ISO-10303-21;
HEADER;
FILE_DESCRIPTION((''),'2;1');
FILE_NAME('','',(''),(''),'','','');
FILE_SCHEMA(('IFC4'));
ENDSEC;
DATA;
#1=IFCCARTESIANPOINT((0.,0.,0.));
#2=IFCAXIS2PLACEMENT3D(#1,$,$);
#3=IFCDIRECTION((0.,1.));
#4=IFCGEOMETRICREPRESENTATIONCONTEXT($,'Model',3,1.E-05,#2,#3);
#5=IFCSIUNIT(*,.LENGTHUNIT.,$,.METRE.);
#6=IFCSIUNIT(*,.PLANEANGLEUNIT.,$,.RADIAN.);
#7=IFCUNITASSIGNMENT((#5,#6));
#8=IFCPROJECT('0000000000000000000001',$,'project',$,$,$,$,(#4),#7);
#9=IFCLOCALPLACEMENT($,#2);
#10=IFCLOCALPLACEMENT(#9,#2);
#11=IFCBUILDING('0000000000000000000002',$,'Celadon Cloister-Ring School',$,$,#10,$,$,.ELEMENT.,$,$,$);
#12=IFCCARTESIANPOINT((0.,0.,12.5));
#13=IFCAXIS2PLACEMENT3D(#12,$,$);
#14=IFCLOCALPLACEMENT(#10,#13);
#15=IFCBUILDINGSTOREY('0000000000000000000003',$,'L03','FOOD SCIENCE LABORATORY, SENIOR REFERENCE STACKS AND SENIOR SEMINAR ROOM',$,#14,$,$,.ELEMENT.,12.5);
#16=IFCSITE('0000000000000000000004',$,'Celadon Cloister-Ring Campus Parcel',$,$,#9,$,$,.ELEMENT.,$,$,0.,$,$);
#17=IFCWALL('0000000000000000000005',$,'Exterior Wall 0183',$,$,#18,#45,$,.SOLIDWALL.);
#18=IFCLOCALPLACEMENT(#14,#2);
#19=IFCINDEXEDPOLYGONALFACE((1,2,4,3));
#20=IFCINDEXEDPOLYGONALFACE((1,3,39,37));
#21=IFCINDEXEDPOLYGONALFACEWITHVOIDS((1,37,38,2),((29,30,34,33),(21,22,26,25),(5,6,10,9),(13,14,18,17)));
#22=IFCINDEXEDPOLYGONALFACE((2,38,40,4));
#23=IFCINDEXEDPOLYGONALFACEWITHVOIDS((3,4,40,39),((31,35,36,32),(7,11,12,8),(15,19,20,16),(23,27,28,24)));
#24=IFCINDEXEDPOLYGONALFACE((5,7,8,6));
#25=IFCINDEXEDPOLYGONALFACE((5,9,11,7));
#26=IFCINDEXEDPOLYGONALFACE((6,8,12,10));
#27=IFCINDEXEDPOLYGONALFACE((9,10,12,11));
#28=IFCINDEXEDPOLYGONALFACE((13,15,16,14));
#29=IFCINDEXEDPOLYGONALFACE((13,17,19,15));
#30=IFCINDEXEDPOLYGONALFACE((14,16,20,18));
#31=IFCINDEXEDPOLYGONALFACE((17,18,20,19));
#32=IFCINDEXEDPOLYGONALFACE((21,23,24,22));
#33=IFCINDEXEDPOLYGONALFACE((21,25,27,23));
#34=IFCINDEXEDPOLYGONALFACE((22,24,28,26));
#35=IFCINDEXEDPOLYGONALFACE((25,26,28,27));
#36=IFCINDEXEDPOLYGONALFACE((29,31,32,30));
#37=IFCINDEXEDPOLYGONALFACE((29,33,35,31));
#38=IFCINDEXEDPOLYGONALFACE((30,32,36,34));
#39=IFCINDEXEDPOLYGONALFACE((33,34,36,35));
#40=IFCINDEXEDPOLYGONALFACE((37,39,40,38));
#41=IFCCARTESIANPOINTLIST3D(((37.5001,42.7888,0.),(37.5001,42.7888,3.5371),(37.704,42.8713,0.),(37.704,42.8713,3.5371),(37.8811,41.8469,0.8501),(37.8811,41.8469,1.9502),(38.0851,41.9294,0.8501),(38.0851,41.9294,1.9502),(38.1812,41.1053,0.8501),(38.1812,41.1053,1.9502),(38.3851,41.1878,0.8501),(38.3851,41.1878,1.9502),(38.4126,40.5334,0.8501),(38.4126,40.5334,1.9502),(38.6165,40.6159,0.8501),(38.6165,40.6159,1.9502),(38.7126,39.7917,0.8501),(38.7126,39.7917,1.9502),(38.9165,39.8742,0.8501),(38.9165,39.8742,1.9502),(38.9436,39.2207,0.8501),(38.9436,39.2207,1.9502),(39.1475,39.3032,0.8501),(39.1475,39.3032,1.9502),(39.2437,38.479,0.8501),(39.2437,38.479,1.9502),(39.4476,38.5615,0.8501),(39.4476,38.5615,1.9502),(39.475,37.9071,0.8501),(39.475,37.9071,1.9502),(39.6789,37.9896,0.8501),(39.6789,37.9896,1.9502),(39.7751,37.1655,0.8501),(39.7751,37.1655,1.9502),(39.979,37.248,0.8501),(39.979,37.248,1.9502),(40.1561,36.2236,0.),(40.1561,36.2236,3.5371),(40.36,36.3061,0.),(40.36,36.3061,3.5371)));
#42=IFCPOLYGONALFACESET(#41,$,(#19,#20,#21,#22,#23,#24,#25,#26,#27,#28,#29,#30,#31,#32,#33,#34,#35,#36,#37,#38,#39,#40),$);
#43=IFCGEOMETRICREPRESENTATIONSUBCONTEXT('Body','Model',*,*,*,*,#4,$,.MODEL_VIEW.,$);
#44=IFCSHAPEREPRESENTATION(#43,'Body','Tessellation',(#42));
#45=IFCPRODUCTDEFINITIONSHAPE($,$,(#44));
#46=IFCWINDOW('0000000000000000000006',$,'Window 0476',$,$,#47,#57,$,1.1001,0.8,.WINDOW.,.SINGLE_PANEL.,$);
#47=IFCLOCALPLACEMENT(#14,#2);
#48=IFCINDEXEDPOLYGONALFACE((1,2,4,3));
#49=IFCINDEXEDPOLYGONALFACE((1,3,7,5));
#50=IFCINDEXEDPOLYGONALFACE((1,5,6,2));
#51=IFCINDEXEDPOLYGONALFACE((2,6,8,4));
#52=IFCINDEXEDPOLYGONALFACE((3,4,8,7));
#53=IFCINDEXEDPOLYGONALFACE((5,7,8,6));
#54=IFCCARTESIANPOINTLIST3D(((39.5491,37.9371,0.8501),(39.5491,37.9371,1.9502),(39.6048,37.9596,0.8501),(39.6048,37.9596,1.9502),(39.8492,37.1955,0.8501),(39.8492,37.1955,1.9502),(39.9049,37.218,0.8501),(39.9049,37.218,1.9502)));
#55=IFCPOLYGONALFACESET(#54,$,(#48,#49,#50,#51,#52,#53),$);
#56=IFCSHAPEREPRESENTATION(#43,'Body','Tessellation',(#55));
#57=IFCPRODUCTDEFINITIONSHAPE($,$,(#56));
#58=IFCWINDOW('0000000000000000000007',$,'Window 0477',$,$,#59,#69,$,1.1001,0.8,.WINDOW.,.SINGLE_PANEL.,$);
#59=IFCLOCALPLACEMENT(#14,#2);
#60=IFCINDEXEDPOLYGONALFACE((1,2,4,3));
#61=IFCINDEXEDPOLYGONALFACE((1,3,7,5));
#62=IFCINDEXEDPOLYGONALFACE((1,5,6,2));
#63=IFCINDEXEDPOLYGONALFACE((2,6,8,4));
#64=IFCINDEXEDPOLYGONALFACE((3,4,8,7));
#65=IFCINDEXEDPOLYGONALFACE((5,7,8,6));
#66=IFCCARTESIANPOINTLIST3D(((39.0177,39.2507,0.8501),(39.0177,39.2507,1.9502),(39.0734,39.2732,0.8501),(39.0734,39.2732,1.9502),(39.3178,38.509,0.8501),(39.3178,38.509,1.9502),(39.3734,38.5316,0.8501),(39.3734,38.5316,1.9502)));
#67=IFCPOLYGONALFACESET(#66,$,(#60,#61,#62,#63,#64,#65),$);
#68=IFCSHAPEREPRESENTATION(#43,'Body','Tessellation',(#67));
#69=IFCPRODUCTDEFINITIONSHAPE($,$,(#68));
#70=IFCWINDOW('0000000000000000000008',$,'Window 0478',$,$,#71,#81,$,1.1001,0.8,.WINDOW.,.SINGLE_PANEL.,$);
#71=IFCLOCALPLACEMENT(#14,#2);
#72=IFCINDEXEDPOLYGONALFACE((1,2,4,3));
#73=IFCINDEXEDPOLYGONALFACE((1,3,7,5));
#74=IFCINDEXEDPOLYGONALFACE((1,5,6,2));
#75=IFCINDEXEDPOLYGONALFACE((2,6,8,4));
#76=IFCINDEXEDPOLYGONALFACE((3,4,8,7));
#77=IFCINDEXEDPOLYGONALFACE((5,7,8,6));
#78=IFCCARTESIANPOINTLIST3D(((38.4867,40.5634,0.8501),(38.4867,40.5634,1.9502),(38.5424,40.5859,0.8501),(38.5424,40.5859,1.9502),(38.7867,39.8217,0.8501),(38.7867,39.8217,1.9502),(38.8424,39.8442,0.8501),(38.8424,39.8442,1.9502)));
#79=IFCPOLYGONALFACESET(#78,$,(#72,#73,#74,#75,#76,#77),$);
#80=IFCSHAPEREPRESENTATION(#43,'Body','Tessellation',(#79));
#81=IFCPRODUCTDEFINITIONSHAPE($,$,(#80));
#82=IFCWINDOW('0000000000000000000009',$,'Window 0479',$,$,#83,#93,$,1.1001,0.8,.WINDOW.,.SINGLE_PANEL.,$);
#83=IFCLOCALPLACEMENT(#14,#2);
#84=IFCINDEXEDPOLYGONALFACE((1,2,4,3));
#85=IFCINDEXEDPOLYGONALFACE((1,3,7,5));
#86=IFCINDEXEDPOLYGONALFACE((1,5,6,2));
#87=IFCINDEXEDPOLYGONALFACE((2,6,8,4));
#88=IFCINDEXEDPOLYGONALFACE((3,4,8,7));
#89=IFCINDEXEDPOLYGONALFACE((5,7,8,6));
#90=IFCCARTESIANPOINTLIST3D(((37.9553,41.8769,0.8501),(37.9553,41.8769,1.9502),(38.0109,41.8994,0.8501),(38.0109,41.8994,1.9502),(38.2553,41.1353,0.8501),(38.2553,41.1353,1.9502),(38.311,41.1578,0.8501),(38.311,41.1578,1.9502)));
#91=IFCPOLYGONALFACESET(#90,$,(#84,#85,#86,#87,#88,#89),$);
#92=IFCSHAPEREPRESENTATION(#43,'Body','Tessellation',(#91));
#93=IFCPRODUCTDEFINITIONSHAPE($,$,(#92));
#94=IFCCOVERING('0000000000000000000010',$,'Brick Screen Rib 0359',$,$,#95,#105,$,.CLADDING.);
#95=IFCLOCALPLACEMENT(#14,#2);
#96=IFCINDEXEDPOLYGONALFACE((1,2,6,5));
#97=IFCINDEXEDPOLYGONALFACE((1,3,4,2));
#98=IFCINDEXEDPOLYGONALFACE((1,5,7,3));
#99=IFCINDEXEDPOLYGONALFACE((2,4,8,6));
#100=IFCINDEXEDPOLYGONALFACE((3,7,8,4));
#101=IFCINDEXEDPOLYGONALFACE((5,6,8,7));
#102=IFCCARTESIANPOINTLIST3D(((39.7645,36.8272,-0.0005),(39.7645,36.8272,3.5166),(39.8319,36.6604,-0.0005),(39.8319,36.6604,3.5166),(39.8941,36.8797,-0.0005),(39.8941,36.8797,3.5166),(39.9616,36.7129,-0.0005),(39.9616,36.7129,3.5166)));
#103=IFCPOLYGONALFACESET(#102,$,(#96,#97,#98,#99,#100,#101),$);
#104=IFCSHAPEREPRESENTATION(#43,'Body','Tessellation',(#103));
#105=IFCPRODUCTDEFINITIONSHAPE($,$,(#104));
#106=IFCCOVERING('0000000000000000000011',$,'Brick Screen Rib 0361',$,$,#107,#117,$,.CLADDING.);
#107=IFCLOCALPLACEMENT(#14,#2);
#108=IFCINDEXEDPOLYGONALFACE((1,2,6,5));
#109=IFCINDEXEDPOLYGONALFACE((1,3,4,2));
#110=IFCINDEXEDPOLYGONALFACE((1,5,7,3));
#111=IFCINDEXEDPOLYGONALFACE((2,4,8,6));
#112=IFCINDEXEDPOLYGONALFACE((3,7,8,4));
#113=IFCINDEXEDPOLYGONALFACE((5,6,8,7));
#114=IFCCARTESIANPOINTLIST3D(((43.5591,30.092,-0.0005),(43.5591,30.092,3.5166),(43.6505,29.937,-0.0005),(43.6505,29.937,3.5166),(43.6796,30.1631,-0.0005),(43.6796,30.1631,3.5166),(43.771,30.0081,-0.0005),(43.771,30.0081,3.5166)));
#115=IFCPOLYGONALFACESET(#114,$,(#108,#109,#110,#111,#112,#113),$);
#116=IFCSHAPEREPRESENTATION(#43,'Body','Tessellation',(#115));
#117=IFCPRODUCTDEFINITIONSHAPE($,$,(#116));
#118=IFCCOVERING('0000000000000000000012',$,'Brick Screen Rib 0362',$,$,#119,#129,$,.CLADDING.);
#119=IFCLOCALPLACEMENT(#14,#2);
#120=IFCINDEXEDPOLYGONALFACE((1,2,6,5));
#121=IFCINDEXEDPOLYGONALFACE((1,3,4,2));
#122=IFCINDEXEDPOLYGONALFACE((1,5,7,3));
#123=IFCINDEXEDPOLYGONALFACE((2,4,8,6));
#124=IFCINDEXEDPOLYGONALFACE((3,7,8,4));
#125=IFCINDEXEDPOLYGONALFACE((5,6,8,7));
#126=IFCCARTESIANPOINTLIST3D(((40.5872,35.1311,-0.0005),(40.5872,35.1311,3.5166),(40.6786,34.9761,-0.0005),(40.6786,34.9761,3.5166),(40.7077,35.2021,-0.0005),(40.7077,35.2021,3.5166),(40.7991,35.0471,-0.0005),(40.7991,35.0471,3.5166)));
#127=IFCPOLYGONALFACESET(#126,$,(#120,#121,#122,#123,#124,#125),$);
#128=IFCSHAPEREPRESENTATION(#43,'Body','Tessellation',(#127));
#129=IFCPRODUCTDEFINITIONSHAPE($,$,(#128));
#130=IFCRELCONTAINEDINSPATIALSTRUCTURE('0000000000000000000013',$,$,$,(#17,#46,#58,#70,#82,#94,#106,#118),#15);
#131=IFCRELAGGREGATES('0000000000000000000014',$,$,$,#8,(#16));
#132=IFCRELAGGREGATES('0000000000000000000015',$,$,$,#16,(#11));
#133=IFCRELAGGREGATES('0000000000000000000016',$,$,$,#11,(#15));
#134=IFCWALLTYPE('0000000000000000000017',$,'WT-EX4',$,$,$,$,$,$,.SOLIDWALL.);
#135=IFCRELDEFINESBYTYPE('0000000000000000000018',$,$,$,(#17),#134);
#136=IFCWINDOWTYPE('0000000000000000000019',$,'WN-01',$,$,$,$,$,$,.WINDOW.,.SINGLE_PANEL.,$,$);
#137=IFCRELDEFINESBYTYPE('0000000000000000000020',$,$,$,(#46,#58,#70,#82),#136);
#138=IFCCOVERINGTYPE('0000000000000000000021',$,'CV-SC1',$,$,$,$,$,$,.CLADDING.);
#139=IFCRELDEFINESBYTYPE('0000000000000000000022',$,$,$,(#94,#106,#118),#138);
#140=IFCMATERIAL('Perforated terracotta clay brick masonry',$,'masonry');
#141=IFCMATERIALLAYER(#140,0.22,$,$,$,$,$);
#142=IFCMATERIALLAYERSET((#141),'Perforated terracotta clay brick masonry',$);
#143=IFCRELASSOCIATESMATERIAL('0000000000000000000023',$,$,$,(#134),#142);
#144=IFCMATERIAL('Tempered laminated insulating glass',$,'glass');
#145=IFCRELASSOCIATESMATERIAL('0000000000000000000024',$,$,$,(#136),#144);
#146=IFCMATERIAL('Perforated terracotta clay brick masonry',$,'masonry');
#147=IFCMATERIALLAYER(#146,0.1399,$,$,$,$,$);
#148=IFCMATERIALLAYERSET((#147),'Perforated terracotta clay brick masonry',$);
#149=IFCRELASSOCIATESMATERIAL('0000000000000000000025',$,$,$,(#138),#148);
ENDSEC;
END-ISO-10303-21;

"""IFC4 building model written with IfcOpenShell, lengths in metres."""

from ifc_helpers import new_model, si_unit, direction, frame, frame_2d, origin, origin_2d, place, context, subcontext, project, spatial, rectangle, extrude, material, layer, layer_set, type_object, element, fill, save


model = new_model("IFC4")

# Units and contexts
model_context = context("Model", 3, precision=1e-05, world=origin(), true_north=direction((0.0, 1.0)))
body_context = subcontext(model_context, "Body", "Model", "MODEL_VIEW")
ifc_project = project(units=[si_unit("LENGTHUNIT", "METRE"), si_unit("PLANEANGLEUNIT", "RADIAN")], contexts=[model_context])

# Site, building, storey
site_placement = place(None, origin())
site = spatial("IfcSite", under=ifc_project, at=site_placement, Name="Celadon Cloister-Ring Campus Parcel", CompositionType="ELEMENT", RefElevation=0.0)
building_placement = place(site_placement, origin())
building = spatial("IfcBuilding", under=site, at=building_placement, Name="Celadon Cloister-Ring School", CompositionType="ELEMENT")
storey_placement = place(building_placement, frame((0.0, 0.0, 12.5)))
storey = spatial("IfcBuildingStorey", under=building, at=storey_placement, Name="L03", Description="FOOD SCIENCE LABORATORY, SENIOR REFERENCE STACKS AND SENIOR SEMINAR ROOM", CompositionType="ELEMENT", Elevation=12.5)

# Wall, openings, windows
ifc_material_1 = material(Name="Perforated terracotta clay brick masonry", Category="masonry")
ifc_layer_1 = layer(ifc_material_1, 0.22)
ifc_layer_set_1 = layer_set([ifc_layer_1], Name="Perforated terracotta clay brick masonry")
wall_type = type_object("IfcWallType", Name="WT-EX4", PredefinedType="SOLIDWALL", material=ifc_layer_set_1)
wall_placement = place(storey_placement, frame((40.2581, 36.2649, 0.0), z_axis=(0.0, 0.0, 1.0), x_axis=(-0.375031, 0.927012, 0.0)))
wall = element("IfcWall", 1, at=wall_placement, inside=storey, type_object=wall_type, Name="Exterior Wall 0183", PredefinedType="SOLIDWALL", context=body_context, shape_type="SweptSolid", body=[
    extrude(rectangle(XDim=7.082, YDim=0.22, at=frame_2d((3.541, 0.0))), origin(), (0.0, 0.0, 1.0), 3.5371),
])
opening_1_placement = place(wall_placement, frame((1.0161, 0.0, 0.8501)))
opening_1 = element("IfcOpeningElement", 2, at=opening_1_placement, cuts=wall, PredefinedType="OPENING", context=body_context, shape_type="SweptSolid", body=[
    extrude(rectangle(XDim=0.8, YDim=1.1001, at=frame_2d((0.3999, 0.55))), frame((0.0, 0.1201, 0.0), z_axis=(0.0, -1.0, 0.0), x_axis=(1.0, 0.0, 0.0)), (0.0, 0.0, 1.0), 0.24),
])
opening_2_placement = place(wall_placement, frame((2.4331, 0.0, 0.8501)))
opening_2 = element("IfcOpeningElement", 3, at=opening_2_placement, cuts=wall, PredefinedType="OPENING", context=body_context, shape_type="SweptSolid", body=[
    extrude(rectangle(XDim=0.8, YDim=1.1001, at=frame_2d((0.3999, 0.55))), frame((0.0, 0.1201, 0.0), z_axis=(0.0, -1.0, 0.0), x_axis=(1.0, 0.0, 0.0)), (0.0, 0.0, 1.0), 0.24),
])
opening_3_placement = place(wall_placement, frame((3.8491, 0.0, 0.8501)))
opening_3 = element("IfcOpeningElement", 4, at=opening_3_placement, cuts=wall, PredefinedType="OPENING", context=body_context, shape_type="SweptSolid", body=[
    extrude(rectangle(XDim=0.8, YDim=1.1001, at=frame_2d((0.3999, 0.55))), frame((0.0, 0.1201, 0.0), z_axis=(0.0, -1.0, 0.0), x_axis=(1.0, 0.0, 0.0)), (0.0, 0.0, 1.0), 0.24),
])
opening_4_placement = place(wall_placement, frame((5.2661, 0.0, 0.8501)))
opening_4 = element("IfcOpeningElement", 5, at=opening_4_placement, cuts=wall, PredefinedType="OPENING", context=body_context, shape_type="SweptSolid", body=[
    extrude(rectangle(XDim=0.8, YDim=1.1001, at=frame_2d((0.3999, 0.55))), frame((0.0, 0.1201, 0.0), z_axis=(0.0, -1.0, 0.0), x_axis=(1.0, 0.0, 0.0)), (0.0, 0.0, 1.0), 0.24),
])
ifc_material_2 = material(Name="Tempered laminated insulating glass", Category="glass")
window_type = type_object("IfcWindowType", Name="WN-01", PartitioningType="SINGLE_PANEL", PredefinedType="WINDOW", material=ifc_material_2)
window_1_placement = place(opening_1_placement, origin())
window_1 = element("IfcWindow", 6, at=window_1_placement, inside=storey, type_object=window_type, Name="Window 0476", OverallHeight=1.1001, OverallWidth=0.8, PartitioningType="SINGLE_PANEL", PredefinedType="WINDOW", context=body_context, shape_type="SweptSolid", body=[
    extrude(rectangle(XDim=0.8, YDim=1.1001, at=frame_2d((0.3999, 0.55))), frame((0.0, 0.03, 0.0), z_axis=(0.0, -1.0, 0.0), x_axis=(1.0, 0.0, 0.0)), (0.0, 0.0, 1.0), 0.0601),
])
fill(opening_1, window_1)
window_2_placement = place(opening_2_placement, origin())
window_2 = element("IfcWindow", 7, at=window_2_placement, inside=storey, type_object=window_type, Name="Window 0477", OverallHeight=1.1001, OverallWidth=0.8, PartitioningType="SINGLE_PANEL", PredefinedType="WINDOW", context=body_context, shape_type="SweptSolid", body=[
    extrude(rectangle(XDim=0.8, YDim=1.1001, at=frame_2d((0.3999, 0.55))), frame((0.0, 0.03, 0.0), z_axis=(0.0, -1.0, 0.0), x_axis=(1.0, 0.0, 0.0)), (0.0, 0.0, 1.0), 0.0601),
])
fill(opening_2, window_2)
window_3_placement = place(opening_3_placement, origin())
window_3 = element("IfcWindow", 8, at=window_3_placement, inside=storey, type_object=window_type, Name="Window 0478", OverallHeight=1.1001, OverallWidth=0.8, PartitioningType="SINGLE_PANEL", PredefinedType="WINDOW", context=body_context, shape_type="SweptSolid", body=[
    extrude(rectangle(XDim=0.8, YDim=1.1001, at=frame_2d((0.3999, 0.55))), frame((0.0, 0.03, 0.0), z_axis=(0.0, -1.0, 0.0), x_axis=(1.0, 0.0, 0.0)), (0.0, 0.0, 1.0), 0.0601),
])
fill(opening_3, window_3)
window_4_placement = place(opening_4_placement, origin())
window_4 = element("IfcWindow", 9, at=window_4_placement, inside=storey, type_object=window_type, Name="Window 0479", OverallHeight=1.1001, OverallWidth=0.8, PartitioningType="SINGLE_PANEL", PredefinedType="WINDOW", context=body_context, shape_type="SweptSolid", body=[
    extrude(rectangle(XDim=0.8, YDim=1.1001, at=frame_2d((0.3999, 0.55))), frame((0.0, 0.03, 0.0), z_axis=(0.0, -1.0, 0.0), x_axis=(1.0, 0.0, 0.0)), (0.0, 0.0, 1.0), 0.0601),
])
fill(opening_4, window_4)

# Coverings
ifc_material_3 = material(Name="Perforated terracotta clay brick masonry", Category="masonry")
ifc_layer_2 = layer(ifc_material_3, 0.1399)
ifc_layer_set_2 = layer_set([ifc_layer_2], Name="Perforated terracotta clay brick masonry")
covering_type = type_object("IfcCoveringType", Name="CV-SC1", PredefinedType="CLADDING", material=ifc_layer_set_2)
for number, where, z_axis, x_axis, name in (
    (10, (39.863, 36.77, -0.0005), (0.0, 0.0, 1.0), (-0.375043, 0.927007, 0.0), "Brick Screen Rib 0359"),
    (11, (43.665, 30.05, -0.0005), (0.0, 0.0, 1.0), (-0.507944, 0.86139, 0.0), "Brick Screen Rib 0361"),
    (12, (40.6931, 35.0891, -0.0005), (0.0, 0.0, 1.0), (-0.507944, 0.86139, 0.0), "Brick Screen Rib 0362"),
):
    element("IfcCovering", number, at=place(storey_placement, frame(where, z_axis=z_axis, x_axis=x_axis)), inside=storey, type_object=covering_type, Name=name, PredefinedType="CLADDING", context=body_context, shape_type="SweptSolid", body=[
        extrude(rectangle(XDim=0.1799, YDim=0.1399, at=origin_2d()), origin(), (0.0, 0.0, 1.0), 3.5171),
    ])

save(model, "model.ifc")
